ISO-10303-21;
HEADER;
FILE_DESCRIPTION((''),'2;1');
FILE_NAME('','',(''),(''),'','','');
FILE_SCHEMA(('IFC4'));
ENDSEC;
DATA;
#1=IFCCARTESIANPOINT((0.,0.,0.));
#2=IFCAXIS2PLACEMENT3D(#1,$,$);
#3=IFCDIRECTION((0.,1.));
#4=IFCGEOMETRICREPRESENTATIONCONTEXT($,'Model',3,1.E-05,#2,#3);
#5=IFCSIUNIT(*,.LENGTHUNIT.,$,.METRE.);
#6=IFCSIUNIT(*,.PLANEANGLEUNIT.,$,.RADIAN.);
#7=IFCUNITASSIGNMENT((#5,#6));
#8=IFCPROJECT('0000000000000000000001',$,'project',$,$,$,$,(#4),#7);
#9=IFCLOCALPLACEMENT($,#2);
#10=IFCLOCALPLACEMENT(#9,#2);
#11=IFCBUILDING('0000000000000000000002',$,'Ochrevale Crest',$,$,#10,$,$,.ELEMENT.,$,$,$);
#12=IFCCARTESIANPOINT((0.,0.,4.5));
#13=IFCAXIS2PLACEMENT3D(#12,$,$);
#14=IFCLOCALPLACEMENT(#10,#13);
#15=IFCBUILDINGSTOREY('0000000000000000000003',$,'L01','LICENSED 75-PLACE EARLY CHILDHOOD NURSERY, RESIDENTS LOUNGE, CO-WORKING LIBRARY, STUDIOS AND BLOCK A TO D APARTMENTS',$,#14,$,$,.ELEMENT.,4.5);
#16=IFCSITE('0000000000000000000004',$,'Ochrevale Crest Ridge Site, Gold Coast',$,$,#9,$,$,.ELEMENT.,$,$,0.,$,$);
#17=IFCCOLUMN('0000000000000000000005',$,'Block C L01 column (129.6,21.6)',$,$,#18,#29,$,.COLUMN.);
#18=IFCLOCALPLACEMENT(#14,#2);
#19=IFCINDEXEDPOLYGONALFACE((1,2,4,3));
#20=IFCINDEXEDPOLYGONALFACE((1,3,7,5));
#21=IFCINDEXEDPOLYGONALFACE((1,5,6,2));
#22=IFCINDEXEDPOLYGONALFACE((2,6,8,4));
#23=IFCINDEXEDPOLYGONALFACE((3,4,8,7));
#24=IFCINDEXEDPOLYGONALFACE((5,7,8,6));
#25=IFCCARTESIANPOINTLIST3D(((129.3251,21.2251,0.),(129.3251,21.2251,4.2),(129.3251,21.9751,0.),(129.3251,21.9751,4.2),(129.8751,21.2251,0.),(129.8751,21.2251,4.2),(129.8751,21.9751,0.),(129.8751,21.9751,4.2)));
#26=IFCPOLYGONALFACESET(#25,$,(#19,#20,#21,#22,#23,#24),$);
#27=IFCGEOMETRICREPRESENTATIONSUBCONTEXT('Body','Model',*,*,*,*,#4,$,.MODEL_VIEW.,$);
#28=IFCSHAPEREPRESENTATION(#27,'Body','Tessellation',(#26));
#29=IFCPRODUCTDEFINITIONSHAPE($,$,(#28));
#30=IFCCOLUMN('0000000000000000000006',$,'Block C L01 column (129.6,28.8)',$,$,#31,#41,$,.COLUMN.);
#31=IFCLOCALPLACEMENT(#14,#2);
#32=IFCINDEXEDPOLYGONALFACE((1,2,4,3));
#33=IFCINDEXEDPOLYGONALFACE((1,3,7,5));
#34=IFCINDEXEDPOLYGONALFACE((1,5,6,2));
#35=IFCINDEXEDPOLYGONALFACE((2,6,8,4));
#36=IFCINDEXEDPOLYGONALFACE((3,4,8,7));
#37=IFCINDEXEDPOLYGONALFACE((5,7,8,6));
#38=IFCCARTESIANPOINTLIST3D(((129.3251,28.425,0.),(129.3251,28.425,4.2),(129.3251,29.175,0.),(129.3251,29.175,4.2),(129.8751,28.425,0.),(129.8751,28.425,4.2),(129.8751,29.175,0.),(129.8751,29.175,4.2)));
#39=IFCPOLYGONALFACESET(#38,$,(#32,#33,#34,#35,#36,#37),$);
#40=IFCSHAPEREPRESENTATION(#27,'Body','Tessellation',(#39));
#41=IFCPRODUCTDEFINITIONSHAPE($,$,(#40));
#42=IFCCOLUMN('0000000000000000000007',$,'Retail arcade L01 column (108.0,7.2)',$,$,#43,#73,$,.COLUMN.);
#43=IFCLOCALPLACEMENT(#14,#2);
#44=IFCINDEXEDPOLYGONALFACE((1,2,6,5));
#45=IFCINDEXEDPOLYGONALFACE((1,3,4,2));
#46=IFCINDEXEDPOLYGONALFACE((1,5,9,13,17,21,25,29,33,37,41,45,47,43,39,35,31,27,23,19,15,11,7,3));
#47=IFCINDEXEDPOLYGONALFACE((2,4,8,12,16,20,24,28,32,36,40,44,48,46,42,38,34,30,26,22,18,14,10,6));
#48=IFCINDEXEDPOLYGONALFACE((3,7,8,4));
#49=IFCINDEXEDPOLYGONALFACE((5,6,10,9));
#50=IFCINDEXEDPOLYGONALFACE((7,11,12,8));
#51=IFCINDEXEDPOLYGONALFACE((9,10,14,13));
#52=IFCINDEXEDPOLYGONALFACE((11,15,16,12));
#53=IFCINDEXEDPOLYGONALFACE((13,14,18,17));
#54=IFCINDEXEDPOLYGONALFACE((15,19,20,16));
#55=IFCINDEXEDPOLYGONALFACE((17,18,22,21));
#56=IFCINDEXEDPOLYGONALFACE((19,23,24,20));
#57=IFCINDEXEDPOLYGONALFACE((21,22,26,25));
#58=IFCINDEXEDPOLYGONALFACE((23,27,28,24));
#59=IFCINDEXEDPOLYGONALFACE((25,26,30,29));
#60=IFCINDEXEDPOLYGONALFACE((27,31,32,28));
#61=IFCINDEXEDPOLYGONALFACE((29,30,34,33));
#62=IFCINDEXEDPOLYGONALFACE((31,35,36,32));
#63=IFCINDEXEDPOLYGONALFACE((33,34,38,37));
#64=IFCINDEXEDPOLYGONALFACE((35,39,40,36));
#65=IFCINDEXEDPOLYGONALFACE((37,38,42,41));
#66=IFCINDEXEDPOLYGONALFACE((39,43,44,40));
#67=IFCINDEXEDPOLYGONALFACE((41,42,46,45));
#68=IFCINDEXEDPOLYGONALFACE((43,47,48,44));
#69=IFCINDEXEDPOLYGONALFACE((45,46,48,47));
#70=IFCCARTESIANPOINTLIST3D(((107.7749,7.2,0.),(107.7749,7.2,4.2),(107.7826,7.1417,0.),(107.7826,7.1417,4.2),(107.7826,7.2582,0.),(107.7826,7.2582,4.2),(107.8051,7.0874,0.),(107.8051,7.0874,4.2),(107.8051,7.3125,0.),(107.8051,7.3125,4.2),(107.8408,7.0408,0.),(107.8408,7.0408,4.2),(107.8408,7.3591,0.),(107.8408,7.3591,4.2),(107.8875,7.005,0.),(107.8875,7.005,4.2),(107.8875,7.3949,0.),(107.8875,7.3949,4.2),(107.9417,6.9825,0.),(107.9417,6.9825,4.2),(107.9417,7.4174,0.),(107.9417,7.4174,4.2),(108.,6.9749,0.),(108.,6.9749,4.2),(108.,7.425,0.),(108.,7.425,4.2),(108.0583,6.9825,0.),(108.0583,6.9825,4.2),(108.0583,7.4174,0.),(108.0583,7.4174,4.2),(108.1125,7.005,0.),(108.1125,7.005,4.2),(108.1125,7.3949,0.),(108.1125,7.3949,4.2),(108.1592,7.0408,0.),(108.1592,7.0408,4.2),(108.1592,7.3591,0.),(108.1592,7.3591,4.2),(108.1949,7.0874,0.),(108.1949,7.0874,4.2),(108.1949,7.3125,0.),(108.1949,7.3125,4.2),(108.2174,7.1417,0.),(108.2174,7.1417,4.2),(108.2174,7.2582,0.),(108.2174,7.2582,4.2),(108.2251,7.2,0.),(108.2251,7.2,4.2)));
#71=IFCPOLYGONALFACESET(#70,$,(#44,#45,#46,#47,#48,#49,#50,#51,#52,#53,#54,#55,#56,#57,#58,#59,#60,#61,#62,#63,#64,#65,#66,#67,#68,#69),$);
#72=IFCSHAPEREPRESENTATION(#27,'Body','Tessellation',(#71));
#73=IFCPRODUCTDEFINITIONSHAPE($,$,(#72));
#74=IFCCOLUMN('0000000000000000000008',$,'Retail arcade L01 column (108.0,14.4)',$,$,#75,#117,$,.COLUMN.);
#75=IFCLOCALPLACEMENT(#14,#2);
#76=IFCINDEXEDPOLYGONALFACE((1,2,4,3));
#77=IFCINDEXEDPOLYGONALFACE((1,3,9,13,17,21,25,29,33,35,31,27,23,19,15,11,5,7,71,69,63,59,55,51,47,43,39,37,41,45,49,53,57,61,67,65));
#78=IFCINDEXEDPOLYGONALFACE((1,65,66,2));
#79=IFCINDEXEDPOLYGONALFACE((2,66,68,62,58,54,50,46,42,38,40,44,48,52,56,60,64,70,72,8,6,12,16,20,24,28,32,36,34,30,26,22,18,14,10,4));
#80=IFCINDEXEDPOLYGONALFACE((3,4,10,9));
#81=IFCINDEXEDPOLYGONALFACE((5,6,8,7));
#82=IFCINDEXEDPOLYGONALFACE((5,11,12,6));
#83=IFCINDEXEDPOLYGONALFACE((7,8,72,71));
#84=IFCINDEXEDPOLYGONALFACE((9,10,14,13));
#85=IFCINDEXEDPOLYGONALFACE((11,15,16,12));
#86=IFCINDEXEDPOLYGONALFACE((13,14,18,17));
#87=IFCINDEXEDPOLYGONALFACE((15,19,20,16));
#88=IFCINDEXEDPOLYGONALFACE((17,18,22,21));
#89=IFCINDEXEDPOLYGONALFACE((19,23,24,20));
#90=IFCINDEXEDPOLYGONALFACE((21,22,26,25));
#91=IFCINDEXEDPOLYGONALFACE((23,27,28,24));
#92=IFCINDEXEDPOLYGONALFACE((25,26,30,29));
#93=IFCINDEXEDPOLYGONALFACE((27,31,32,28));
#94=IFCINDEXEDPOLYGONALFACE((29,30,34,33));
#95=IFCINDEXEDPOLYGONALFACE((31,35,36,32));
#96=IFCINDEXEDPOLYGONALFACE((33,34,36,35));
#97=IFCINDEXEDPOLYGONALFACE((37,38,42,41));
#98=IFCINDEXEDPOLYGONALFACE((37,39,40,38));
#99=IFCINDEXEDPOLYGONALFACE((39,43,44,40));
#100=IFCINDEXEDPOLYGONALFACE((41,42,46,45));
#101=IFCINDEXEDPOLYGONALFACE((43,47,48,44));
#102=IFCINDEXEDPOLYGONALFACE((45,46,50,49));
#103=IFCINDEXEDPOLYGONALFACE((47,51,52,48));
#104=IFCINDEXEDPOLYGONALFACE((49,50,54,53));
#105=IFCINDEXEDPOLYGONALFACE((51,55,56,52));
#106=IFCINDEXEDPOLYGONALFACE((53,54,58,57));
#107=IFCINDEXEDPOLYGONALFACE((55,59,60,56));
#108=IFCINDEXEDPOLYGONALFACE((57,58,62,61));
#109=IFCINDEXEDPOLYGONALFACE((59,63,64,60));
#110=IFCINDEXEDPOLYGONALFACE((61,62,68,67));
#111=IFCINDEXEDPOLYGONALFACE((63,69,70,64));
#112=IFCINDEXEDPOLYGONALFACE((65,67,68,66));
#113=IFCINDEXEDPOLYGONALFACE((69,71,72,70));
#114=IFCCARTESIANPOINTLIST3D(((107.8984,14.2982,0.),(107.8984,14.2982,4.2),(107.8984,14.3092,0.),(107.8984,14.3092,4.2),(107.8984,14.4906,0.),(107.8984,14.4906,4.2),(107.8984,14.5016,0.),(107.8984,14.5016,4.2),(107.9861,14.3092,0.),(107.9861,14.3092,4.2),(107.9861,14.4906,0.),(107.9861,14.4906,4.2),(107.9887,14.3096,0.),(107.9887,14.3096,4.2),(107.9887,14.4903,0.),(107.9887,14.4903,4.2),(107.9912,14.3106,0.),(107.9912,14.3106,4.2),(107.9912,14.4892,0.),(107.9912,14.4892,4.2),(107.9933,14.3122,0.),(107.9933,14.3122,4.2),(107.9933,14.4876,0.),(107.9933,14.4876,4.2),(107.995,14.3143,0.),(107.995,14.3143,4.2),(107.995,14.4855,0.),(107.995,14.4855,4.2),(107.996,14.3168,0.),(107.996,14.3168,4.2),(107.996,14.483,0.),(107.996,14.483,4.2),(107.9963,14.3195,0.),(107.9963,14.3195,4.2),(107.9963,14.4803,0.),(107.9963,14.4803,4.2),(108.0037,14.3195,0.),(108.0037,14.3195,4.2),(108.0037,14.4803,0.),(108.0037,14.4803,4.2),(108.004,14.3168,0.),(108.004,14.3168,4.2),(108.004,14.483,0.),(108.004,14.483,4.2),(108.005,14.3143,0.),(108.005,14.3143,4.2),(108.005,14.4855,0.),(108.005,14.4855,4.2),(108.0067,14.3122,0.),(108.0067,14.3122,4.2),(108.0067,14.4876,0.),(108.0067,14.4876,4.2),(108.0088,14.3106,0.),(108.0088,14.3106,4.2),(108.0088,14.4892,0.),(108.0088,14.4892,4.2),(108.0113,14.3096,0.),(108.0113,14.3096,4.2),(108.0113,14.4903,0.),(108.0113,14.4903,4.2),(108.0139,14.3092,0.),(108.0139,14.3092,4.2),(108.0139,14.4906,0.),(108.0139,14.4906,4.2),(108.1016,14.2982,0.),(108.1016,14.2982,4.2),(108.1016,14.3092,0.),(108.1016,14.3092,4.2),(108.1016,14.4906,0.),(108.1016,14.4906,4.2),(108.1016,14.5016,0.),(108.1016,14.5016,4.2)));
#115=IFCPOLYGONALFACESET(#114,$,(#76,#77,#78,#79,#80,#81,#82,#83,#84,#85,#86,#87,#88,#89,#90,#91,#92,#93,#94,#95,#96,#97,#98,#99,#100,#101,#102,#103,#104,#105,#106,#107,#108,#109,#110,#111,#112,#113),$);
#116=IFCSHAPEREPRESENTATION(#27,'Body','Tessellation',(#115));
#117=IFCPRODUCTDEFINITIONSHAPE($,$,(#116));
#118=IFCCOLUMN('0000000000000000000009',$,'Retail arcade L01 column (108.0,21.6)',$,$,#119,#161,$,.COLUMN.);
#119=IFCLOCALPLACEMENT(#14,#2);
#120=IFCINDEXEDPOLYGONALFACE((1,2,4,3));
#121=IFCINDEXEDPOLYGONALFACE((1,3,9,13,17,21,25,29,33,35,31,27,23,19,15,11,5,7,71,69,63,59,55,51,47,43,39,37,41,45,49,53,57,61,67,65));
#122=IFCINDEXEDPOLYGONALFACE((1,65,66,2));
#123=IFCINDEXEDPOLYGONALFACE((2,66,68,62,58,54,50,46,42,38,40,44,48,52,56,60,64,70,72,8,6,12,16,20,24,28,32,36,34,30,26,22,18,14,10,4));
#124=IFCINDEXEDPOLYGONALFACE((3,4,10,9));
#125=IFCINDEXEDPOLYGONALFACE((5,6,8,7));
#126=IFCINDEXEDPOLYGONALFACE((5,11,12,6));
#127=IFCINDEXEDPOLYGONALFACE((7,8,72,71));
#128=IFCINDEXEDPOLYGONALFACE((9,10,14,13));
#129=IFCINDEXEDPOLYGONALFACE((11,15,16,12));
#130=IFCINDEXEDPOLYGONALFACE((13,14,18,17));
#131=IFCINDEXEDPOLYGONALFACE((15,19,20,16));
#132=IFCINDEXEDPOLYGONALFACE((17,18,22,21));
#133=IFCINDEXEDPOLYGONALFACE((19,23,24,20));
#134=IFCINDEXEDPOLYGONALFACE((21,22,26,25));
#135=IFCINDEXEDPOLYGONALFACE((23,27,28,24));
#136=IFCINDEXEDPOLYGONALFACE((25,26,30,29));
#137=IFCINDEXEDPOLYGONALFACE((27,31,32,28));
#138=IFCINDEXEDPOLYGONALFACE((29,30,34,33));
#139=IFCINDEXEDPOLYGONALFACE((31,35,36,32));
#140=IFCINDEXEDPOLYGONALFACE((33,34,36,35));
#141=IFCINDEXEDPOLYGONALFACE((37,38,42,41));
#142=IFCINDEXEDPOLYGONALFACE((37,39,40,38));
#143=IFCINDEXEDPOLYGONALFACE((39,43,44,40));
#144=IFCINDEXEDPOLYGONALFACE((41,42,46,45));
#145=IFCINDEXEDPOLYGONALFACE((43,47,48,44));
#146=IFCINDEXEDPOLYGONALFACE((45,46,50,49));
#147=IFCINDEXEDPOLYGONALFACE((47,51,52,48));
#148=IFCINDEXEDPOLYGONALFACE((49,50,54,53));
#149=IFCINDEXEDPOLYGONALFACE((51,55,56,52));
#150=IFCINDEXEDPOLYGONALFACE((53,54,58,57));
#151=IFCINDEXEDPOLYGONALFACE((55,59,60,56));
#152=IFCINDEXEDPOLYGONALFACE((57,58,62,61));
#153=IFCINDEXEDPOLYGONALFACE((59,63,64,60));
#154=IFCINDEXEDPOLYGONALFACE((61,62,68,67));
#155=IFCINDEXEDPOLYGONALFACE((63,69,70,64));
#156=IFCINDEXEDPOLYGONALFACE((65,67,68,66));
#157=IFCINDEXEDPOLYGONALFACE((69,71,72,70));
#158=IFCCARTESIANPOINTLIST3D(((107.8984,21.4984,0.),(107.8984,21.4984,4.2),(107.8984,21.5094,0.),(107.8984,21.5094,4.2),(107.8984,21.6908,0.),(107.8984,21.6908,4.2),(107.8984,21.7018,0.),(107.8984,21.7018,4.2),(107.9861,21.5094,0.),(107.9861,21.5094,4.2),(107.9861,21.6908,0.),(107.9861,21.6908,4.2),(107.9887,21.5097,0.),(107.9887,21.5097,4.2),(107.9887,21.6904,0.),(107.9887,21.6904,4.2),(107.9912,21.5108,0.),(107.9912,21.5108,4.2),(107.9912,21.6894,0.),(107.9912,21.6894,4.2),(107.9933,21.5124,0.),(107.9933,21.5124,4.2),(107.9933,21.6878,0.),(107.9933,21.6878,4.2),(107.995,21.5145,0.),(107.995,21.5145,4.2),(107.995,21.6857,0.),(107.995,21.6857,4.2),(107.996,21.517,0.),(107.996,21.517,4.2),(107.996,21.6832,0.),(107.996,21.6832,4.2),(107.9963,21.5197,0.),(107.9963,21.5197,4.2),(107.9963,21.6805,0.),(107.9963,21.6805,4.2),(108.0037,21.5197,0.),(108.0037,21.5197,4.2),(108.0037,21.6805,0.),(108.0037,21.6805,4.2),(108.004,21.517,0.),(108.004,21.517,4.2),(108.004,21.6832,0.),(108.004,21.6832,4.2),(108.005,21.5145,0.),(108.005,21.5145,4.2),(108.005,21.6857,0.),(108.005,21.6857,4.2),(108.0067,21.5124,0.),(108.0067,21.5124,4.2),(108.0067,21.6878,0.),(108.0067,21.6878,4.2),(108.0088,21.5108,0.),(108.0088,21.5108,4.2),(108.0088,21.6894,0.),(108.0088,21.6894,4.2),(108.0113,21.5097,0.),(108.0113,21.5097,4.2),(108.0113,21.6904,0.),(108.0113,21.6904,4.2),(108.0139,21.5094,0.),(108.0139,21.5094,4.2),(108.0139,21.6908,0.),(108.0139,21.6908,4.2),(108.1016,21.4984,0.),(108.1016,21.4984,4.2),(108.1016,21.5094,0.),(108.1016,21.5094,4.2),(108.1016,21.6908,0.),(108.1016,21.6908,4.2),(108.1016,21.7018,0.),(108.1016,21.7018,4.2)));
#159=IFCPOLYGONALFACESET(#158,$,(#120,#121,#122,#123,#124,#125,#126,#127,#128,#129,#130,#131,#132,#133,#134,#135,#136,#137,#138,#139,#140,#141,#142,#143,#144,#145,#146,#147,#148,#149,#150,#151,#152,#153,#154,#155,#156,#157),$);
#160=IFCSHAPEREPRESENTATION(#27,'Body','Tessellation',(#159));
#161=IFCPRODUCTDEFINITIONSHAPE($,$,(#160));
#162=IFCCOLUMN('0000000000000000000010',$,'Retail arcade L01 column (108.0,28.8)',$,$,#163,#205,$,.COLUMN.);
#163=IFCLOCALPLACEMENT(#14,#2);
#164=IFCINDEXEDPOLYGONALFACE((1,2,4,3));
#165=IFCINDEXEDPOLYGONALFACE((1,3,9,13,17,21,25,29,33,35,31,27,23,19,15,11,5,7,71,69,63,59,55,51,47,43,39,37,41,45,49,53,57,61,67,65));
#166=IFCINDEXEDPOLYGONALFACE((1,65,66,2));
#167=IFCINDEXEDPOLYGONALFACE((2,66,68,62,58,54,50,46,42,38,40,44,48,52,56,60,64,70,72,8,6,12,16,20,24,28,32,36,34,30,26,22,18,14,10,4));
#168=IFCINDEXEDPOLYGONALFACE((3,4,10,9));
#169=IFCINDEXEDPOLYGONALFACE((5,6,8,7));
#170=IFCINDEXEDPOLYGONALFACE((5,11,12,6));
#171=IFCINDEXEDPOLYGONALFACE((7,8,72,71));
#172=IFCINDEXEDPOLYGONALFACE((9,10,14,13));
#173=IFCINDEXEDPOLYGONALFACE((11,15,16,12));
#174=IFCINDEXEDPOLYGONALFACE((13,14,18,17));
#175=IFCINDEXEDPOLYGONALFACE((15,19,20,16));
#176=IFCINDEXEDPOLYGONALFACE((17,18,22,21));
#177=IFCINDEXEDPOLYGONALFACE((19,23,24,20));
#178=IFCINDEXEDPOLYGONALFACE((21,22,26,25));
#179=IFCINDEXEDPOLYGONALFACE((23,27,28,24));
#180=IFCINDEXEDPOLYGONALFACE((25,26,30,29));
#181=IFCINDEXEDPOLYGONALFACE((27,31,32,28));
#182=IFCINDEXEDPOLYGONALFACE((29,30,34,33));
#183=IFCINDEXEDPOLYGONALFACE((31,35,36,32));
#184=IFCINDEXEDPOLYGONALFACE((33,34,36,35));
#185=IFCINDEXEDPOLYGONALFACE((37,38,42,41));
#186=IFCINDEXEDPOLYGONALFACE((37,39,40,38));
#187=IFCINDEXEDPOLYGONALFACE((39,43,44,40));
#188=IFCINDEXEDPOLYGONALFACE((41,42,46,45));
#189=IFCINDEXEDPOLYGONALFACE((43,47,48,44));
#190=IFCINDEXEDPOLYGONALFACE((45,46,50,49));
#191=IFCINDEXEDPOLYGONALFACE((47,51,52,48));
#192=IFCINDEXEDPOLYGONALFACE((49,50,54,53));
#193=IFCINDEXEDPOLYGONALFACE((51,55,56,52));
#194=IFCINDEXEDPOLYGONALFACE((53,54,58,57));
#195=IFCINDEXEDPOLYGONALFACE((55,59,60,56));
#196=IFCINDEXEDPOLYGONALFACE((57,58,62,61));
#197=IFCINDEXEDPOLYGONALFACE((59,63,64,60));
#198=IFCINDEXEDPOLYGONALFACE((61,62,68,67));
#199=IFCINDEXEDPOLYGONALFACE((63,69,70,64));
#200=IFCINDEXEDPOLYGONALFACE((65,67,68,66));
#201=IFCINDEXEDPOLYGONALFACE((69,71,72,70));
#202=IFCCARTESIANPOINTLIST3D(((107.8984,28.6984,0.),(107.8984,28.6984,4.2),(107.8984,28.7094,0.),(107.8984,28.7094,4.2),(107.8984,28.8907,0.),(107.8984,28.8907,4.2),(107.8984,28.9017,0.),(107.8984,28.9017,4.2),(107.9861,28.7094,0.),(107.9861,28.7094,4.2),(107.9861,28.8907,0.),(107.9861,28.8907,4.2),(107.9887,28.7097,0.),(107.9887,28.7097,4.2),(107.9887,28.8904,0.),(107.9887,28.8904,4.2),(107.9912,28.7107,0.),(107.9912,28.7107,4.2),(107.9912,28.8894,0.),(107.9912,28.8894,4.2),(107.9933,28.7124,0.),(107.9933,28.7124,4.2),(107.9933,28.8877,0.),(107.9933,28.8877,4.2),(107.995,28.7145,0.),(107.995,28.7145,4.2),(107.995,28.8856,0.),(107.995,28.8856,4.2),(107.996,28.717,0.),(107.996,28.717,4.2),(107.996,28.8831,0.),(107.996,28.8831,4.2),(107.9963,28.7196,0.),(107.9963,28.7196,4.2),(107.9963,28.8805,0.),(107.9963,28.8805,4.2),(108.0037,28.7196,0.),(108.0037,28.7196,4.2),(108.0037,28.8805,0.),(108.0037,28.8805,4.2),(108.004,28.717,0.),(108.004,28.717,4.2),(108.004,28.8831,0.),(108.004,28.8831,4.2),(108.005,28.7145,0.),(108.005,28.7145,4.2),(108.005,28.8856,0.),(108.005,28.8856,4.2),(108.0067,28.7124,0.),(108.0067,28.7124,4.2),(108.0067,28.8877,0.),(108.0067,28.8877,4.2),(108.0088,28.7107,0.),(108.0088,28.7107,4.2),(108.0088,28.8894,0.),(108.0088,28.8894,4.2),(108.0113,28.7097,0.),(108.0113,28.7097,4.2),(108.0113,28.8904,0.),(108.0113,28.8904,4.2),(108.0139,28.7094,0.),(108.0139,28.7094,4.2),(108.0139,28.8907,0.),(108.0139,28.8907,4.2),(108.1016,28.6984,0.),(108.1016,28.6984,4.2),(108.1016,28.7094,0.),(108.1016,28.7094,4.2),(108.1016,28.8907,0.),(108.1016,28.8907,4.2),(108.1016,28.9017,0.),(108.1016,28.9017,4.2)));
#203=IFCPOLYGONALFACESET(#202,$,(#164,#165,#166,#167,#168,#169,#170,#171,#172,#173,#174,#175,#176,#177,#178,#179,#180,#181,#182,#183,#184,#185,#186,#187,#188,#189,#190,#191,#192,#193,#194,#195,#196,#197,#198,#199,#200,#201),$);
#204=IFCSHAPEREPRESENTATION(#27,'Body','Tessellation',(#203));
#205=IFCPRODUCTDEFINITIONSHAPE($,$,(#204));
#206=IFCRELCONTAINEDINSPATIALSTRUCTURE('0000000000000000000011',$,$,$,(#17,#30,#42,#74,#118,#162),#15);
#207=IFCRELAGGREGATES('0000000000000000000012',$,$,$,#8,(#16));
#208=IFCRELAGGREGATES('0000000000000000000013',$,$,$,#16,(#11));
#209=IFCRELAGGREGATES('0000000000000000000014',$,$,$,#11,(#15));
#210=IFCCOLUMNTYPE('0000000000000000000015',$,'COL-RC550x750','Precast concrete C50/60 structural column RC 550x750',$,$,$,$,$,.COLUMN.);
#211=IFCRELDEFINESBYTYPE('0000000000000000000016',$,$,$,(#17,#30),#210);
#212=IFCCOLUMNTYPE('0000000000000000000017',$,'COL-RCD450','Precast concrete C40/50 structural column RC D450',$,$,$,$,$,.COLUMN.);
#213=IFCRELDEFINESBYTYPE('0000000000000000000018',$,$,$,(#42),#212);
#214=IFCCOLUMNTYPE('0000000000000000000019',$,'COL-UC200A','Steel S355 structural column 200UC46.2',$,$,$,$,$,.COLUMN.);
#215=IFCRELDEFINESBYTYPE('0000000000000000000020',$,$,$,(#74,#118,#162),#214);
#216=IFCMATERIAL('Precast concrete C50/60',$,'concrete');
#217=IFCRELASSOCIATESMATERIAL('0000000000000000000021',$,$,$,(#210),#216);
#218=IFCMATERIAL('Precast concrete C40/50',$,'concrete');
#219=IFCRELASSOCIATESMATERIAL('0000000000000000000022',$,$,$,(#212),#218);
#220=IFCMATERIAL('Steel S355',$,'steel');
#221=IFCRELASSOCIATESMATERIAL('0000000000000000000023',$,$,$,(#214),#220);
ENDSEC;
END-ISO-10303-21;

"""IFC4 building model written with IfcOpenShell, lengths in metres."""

from ifc_helpers import new_model, si_unit, direction, frame, origin, origin_2d, place, context, subcontext, project, spatial, rectangle, circle, i_section, extrude, material, material_profile, profile_set, type_object, element, save


model = new_model("IFC4")

# Units and contexts
model_context = context("Model", 3, precision=1e-05, world=origin(), true_north=direction((0.0, 1.0)))
body_context = subcontext(model_context, "Body", "Model", "MODEL_VIEW")
ifc_project = project(units=[si_unit("LENGTHUNIT", "METRE"), si_unit("PLANEANGLEUNIT", "RADIAN")], contexts=[model_context])

# Site, building, storey
site_placement = place(None, origin())
site = spatial("IfcSite", under=ifc_project, at=site_placement, Name="Ochrevale Crest Ridge Site, Gold Coast", CompositionType="ELEMENT", RefElevation=0.0)
building_placement = place(site_placement, origin())
building = spatial("IfcBuilding", under=site, at=building_placement, Name="Ochrevale Crest", CompositionType="ELEMENT")
storey_placement = place(building_placement, frame((0.0, 0.0, 4.5)))
storey = spatial("IfcBuildingStorey", under=building, at=storey_placement, Name="L01", Description="LICENSED 75-PLACE EARLY CHILDHOOD NURSERY, RESIDENTS LOUNGE, CO-WORKING LIBRARY, STUDIOS AND BLOCK A TO D APARTMENTS", CompositionType="ELEMENT", Elevation=4.5)

# Columns
ifc_material_1 = material(Name="Precast concrete C50/60", Category="concrete")
ifc_material_profile_1 = material_profile(ifc_material_1, rectangle(XDim=0.55, YDim=0.75, at=origin_2d()), Name="RC 550x750")
ifc_profile_set_1 = profile_set([ifc_material_profile_1], Name="Precast concrete C50/60")
column_type_1 = type_object("IfcColumnType", Name="COL-RC550x750", Description="Precast concrete C50/60 structural column RC 550x750", PredefinedType="COLUMN", material=ifc_profile_set_1)
for number, where, z_axis, x_axis, name in (
    (1, (129.6001, 21.6001, 0.0), (0.0, 0.0, 1.0), (1.0, 0.0, 0.0), "Block C L01 column (129.6,21.6)"),
    (2, (129.6001, 28.8, 0.0), (0.0, 0.0, 1.0), (1.0, 0.0, 0.0), "Block C L01 column (129.6,28.8)"),
):
    element("IfcColumn", number, at=place(storey_placement, frame(where, z_axis=z_axis, x_axis=x_axis)), inside=storey, type_object=column_type_1, Name=name, PredefinedType="COLUMN", context=body_context, shape_type="SweptSolid", body=[
        extrude(rectangle(XDim=0.55, YDim=0.75, at=origin_2d()), origin(), (0.0, 0.0, 1.0), 4.2),
    ])
ifc_material_2 = material(Name="Precast concrete C40/50", Category="concrete")
ifc_material_profile_2 = material_profile(ifc_material_2, circle(Radius=0.2251, at=origin_2d()), Name="RC D450")
ifc_profile_set_2 = profile_set([ifc_material_profile_2], Name="Precast concrete C40/50")
column_type_2 = type_object("IfcColumnType", Name="COL-RCD450", Description="Precast concrete C40/50 structural column RC D450", PredefinedType="COLUMN", material=ifc_profile_set_2)
column_placement = place(storey_placement, frame((108.0, 7.2, 0.0), z_axis=(0.0, 0.0, 1.0), x_axis=(1.0, 0.0, 0.0)))
element("IfcColumn", 3, at=column_placement, inside=storey, type_object=column_type_2, Name="Retail arcade L01 column (108.0,7.2)", PredefinedType="COLUMN", context=body_context, shape_type="SweptSolid", body=[
    extrude(circle(Radius=0.2251, at=origin_2d()), origin(), (0.0, 0.0, 1.0), 4.2),
])
ifc_material_3 = material(Name="Steel S355", Category="steel")
ifc_material_profile_3 = material_profile(ifc_material_3, i_section(OverallWidth=0.2031, OverallDepth=0.2034, WebThickness=0.0073, FlangeThickness=0.011, FilletRadius=0.0103, at=origin_2d()), Name="200UC46.2")
ifc_profile_set_3 = profile_set([ifc_material_profile_3], Name="Steel S355")
column_type_3 = type_object("IfcColumnType", Name="COL-UC200A", Description="Steel S355 structural column 200UC46.2", PredefinedType="COLUMN", material=ifc_profile_set_3)
for number, where, z_axis, x_axis, name in (
    (4, (108.0, 14.3999, 0.0), (0.0, 0.0, 1.0), (1.0, 0.0, 0.0), "Retail arcade L01 column (108.0,14.4)"),
    (5, (108.0, 21.6001, 0.0), (0.0, 0.0, 1.0), (1.0, 0.0, 0.0), "Retail arcade L01 column (108.0,21.6)"),
    (6, (108.0, 28.8, 0.0), (0.0, 0.0, 1.0), (1.0, 0.0, 0.0), "Retail arcade L01 column (108.0,28.8)"),
):
    element("IfcColumn", number, at=place(storey_placement, frame(where, z_axis=z_axis, x_axis=x_axis)), inside=storey, type_object=column_type_3, Name=name, PredefinedType="COLUMN", context=body_context, shape_type="SweptSolid", body=[
        extrude(i_section(OverallWidth=0.2031, OverallDepth=0.2034, WebThickness=0.0073, FlangeThickness=0.011, FilletRadius=0.0103, at=origin_2d()), origin(), (0.0, 0.0, 1.0), 4.2),
    ])

save(model, "model.ifc")
